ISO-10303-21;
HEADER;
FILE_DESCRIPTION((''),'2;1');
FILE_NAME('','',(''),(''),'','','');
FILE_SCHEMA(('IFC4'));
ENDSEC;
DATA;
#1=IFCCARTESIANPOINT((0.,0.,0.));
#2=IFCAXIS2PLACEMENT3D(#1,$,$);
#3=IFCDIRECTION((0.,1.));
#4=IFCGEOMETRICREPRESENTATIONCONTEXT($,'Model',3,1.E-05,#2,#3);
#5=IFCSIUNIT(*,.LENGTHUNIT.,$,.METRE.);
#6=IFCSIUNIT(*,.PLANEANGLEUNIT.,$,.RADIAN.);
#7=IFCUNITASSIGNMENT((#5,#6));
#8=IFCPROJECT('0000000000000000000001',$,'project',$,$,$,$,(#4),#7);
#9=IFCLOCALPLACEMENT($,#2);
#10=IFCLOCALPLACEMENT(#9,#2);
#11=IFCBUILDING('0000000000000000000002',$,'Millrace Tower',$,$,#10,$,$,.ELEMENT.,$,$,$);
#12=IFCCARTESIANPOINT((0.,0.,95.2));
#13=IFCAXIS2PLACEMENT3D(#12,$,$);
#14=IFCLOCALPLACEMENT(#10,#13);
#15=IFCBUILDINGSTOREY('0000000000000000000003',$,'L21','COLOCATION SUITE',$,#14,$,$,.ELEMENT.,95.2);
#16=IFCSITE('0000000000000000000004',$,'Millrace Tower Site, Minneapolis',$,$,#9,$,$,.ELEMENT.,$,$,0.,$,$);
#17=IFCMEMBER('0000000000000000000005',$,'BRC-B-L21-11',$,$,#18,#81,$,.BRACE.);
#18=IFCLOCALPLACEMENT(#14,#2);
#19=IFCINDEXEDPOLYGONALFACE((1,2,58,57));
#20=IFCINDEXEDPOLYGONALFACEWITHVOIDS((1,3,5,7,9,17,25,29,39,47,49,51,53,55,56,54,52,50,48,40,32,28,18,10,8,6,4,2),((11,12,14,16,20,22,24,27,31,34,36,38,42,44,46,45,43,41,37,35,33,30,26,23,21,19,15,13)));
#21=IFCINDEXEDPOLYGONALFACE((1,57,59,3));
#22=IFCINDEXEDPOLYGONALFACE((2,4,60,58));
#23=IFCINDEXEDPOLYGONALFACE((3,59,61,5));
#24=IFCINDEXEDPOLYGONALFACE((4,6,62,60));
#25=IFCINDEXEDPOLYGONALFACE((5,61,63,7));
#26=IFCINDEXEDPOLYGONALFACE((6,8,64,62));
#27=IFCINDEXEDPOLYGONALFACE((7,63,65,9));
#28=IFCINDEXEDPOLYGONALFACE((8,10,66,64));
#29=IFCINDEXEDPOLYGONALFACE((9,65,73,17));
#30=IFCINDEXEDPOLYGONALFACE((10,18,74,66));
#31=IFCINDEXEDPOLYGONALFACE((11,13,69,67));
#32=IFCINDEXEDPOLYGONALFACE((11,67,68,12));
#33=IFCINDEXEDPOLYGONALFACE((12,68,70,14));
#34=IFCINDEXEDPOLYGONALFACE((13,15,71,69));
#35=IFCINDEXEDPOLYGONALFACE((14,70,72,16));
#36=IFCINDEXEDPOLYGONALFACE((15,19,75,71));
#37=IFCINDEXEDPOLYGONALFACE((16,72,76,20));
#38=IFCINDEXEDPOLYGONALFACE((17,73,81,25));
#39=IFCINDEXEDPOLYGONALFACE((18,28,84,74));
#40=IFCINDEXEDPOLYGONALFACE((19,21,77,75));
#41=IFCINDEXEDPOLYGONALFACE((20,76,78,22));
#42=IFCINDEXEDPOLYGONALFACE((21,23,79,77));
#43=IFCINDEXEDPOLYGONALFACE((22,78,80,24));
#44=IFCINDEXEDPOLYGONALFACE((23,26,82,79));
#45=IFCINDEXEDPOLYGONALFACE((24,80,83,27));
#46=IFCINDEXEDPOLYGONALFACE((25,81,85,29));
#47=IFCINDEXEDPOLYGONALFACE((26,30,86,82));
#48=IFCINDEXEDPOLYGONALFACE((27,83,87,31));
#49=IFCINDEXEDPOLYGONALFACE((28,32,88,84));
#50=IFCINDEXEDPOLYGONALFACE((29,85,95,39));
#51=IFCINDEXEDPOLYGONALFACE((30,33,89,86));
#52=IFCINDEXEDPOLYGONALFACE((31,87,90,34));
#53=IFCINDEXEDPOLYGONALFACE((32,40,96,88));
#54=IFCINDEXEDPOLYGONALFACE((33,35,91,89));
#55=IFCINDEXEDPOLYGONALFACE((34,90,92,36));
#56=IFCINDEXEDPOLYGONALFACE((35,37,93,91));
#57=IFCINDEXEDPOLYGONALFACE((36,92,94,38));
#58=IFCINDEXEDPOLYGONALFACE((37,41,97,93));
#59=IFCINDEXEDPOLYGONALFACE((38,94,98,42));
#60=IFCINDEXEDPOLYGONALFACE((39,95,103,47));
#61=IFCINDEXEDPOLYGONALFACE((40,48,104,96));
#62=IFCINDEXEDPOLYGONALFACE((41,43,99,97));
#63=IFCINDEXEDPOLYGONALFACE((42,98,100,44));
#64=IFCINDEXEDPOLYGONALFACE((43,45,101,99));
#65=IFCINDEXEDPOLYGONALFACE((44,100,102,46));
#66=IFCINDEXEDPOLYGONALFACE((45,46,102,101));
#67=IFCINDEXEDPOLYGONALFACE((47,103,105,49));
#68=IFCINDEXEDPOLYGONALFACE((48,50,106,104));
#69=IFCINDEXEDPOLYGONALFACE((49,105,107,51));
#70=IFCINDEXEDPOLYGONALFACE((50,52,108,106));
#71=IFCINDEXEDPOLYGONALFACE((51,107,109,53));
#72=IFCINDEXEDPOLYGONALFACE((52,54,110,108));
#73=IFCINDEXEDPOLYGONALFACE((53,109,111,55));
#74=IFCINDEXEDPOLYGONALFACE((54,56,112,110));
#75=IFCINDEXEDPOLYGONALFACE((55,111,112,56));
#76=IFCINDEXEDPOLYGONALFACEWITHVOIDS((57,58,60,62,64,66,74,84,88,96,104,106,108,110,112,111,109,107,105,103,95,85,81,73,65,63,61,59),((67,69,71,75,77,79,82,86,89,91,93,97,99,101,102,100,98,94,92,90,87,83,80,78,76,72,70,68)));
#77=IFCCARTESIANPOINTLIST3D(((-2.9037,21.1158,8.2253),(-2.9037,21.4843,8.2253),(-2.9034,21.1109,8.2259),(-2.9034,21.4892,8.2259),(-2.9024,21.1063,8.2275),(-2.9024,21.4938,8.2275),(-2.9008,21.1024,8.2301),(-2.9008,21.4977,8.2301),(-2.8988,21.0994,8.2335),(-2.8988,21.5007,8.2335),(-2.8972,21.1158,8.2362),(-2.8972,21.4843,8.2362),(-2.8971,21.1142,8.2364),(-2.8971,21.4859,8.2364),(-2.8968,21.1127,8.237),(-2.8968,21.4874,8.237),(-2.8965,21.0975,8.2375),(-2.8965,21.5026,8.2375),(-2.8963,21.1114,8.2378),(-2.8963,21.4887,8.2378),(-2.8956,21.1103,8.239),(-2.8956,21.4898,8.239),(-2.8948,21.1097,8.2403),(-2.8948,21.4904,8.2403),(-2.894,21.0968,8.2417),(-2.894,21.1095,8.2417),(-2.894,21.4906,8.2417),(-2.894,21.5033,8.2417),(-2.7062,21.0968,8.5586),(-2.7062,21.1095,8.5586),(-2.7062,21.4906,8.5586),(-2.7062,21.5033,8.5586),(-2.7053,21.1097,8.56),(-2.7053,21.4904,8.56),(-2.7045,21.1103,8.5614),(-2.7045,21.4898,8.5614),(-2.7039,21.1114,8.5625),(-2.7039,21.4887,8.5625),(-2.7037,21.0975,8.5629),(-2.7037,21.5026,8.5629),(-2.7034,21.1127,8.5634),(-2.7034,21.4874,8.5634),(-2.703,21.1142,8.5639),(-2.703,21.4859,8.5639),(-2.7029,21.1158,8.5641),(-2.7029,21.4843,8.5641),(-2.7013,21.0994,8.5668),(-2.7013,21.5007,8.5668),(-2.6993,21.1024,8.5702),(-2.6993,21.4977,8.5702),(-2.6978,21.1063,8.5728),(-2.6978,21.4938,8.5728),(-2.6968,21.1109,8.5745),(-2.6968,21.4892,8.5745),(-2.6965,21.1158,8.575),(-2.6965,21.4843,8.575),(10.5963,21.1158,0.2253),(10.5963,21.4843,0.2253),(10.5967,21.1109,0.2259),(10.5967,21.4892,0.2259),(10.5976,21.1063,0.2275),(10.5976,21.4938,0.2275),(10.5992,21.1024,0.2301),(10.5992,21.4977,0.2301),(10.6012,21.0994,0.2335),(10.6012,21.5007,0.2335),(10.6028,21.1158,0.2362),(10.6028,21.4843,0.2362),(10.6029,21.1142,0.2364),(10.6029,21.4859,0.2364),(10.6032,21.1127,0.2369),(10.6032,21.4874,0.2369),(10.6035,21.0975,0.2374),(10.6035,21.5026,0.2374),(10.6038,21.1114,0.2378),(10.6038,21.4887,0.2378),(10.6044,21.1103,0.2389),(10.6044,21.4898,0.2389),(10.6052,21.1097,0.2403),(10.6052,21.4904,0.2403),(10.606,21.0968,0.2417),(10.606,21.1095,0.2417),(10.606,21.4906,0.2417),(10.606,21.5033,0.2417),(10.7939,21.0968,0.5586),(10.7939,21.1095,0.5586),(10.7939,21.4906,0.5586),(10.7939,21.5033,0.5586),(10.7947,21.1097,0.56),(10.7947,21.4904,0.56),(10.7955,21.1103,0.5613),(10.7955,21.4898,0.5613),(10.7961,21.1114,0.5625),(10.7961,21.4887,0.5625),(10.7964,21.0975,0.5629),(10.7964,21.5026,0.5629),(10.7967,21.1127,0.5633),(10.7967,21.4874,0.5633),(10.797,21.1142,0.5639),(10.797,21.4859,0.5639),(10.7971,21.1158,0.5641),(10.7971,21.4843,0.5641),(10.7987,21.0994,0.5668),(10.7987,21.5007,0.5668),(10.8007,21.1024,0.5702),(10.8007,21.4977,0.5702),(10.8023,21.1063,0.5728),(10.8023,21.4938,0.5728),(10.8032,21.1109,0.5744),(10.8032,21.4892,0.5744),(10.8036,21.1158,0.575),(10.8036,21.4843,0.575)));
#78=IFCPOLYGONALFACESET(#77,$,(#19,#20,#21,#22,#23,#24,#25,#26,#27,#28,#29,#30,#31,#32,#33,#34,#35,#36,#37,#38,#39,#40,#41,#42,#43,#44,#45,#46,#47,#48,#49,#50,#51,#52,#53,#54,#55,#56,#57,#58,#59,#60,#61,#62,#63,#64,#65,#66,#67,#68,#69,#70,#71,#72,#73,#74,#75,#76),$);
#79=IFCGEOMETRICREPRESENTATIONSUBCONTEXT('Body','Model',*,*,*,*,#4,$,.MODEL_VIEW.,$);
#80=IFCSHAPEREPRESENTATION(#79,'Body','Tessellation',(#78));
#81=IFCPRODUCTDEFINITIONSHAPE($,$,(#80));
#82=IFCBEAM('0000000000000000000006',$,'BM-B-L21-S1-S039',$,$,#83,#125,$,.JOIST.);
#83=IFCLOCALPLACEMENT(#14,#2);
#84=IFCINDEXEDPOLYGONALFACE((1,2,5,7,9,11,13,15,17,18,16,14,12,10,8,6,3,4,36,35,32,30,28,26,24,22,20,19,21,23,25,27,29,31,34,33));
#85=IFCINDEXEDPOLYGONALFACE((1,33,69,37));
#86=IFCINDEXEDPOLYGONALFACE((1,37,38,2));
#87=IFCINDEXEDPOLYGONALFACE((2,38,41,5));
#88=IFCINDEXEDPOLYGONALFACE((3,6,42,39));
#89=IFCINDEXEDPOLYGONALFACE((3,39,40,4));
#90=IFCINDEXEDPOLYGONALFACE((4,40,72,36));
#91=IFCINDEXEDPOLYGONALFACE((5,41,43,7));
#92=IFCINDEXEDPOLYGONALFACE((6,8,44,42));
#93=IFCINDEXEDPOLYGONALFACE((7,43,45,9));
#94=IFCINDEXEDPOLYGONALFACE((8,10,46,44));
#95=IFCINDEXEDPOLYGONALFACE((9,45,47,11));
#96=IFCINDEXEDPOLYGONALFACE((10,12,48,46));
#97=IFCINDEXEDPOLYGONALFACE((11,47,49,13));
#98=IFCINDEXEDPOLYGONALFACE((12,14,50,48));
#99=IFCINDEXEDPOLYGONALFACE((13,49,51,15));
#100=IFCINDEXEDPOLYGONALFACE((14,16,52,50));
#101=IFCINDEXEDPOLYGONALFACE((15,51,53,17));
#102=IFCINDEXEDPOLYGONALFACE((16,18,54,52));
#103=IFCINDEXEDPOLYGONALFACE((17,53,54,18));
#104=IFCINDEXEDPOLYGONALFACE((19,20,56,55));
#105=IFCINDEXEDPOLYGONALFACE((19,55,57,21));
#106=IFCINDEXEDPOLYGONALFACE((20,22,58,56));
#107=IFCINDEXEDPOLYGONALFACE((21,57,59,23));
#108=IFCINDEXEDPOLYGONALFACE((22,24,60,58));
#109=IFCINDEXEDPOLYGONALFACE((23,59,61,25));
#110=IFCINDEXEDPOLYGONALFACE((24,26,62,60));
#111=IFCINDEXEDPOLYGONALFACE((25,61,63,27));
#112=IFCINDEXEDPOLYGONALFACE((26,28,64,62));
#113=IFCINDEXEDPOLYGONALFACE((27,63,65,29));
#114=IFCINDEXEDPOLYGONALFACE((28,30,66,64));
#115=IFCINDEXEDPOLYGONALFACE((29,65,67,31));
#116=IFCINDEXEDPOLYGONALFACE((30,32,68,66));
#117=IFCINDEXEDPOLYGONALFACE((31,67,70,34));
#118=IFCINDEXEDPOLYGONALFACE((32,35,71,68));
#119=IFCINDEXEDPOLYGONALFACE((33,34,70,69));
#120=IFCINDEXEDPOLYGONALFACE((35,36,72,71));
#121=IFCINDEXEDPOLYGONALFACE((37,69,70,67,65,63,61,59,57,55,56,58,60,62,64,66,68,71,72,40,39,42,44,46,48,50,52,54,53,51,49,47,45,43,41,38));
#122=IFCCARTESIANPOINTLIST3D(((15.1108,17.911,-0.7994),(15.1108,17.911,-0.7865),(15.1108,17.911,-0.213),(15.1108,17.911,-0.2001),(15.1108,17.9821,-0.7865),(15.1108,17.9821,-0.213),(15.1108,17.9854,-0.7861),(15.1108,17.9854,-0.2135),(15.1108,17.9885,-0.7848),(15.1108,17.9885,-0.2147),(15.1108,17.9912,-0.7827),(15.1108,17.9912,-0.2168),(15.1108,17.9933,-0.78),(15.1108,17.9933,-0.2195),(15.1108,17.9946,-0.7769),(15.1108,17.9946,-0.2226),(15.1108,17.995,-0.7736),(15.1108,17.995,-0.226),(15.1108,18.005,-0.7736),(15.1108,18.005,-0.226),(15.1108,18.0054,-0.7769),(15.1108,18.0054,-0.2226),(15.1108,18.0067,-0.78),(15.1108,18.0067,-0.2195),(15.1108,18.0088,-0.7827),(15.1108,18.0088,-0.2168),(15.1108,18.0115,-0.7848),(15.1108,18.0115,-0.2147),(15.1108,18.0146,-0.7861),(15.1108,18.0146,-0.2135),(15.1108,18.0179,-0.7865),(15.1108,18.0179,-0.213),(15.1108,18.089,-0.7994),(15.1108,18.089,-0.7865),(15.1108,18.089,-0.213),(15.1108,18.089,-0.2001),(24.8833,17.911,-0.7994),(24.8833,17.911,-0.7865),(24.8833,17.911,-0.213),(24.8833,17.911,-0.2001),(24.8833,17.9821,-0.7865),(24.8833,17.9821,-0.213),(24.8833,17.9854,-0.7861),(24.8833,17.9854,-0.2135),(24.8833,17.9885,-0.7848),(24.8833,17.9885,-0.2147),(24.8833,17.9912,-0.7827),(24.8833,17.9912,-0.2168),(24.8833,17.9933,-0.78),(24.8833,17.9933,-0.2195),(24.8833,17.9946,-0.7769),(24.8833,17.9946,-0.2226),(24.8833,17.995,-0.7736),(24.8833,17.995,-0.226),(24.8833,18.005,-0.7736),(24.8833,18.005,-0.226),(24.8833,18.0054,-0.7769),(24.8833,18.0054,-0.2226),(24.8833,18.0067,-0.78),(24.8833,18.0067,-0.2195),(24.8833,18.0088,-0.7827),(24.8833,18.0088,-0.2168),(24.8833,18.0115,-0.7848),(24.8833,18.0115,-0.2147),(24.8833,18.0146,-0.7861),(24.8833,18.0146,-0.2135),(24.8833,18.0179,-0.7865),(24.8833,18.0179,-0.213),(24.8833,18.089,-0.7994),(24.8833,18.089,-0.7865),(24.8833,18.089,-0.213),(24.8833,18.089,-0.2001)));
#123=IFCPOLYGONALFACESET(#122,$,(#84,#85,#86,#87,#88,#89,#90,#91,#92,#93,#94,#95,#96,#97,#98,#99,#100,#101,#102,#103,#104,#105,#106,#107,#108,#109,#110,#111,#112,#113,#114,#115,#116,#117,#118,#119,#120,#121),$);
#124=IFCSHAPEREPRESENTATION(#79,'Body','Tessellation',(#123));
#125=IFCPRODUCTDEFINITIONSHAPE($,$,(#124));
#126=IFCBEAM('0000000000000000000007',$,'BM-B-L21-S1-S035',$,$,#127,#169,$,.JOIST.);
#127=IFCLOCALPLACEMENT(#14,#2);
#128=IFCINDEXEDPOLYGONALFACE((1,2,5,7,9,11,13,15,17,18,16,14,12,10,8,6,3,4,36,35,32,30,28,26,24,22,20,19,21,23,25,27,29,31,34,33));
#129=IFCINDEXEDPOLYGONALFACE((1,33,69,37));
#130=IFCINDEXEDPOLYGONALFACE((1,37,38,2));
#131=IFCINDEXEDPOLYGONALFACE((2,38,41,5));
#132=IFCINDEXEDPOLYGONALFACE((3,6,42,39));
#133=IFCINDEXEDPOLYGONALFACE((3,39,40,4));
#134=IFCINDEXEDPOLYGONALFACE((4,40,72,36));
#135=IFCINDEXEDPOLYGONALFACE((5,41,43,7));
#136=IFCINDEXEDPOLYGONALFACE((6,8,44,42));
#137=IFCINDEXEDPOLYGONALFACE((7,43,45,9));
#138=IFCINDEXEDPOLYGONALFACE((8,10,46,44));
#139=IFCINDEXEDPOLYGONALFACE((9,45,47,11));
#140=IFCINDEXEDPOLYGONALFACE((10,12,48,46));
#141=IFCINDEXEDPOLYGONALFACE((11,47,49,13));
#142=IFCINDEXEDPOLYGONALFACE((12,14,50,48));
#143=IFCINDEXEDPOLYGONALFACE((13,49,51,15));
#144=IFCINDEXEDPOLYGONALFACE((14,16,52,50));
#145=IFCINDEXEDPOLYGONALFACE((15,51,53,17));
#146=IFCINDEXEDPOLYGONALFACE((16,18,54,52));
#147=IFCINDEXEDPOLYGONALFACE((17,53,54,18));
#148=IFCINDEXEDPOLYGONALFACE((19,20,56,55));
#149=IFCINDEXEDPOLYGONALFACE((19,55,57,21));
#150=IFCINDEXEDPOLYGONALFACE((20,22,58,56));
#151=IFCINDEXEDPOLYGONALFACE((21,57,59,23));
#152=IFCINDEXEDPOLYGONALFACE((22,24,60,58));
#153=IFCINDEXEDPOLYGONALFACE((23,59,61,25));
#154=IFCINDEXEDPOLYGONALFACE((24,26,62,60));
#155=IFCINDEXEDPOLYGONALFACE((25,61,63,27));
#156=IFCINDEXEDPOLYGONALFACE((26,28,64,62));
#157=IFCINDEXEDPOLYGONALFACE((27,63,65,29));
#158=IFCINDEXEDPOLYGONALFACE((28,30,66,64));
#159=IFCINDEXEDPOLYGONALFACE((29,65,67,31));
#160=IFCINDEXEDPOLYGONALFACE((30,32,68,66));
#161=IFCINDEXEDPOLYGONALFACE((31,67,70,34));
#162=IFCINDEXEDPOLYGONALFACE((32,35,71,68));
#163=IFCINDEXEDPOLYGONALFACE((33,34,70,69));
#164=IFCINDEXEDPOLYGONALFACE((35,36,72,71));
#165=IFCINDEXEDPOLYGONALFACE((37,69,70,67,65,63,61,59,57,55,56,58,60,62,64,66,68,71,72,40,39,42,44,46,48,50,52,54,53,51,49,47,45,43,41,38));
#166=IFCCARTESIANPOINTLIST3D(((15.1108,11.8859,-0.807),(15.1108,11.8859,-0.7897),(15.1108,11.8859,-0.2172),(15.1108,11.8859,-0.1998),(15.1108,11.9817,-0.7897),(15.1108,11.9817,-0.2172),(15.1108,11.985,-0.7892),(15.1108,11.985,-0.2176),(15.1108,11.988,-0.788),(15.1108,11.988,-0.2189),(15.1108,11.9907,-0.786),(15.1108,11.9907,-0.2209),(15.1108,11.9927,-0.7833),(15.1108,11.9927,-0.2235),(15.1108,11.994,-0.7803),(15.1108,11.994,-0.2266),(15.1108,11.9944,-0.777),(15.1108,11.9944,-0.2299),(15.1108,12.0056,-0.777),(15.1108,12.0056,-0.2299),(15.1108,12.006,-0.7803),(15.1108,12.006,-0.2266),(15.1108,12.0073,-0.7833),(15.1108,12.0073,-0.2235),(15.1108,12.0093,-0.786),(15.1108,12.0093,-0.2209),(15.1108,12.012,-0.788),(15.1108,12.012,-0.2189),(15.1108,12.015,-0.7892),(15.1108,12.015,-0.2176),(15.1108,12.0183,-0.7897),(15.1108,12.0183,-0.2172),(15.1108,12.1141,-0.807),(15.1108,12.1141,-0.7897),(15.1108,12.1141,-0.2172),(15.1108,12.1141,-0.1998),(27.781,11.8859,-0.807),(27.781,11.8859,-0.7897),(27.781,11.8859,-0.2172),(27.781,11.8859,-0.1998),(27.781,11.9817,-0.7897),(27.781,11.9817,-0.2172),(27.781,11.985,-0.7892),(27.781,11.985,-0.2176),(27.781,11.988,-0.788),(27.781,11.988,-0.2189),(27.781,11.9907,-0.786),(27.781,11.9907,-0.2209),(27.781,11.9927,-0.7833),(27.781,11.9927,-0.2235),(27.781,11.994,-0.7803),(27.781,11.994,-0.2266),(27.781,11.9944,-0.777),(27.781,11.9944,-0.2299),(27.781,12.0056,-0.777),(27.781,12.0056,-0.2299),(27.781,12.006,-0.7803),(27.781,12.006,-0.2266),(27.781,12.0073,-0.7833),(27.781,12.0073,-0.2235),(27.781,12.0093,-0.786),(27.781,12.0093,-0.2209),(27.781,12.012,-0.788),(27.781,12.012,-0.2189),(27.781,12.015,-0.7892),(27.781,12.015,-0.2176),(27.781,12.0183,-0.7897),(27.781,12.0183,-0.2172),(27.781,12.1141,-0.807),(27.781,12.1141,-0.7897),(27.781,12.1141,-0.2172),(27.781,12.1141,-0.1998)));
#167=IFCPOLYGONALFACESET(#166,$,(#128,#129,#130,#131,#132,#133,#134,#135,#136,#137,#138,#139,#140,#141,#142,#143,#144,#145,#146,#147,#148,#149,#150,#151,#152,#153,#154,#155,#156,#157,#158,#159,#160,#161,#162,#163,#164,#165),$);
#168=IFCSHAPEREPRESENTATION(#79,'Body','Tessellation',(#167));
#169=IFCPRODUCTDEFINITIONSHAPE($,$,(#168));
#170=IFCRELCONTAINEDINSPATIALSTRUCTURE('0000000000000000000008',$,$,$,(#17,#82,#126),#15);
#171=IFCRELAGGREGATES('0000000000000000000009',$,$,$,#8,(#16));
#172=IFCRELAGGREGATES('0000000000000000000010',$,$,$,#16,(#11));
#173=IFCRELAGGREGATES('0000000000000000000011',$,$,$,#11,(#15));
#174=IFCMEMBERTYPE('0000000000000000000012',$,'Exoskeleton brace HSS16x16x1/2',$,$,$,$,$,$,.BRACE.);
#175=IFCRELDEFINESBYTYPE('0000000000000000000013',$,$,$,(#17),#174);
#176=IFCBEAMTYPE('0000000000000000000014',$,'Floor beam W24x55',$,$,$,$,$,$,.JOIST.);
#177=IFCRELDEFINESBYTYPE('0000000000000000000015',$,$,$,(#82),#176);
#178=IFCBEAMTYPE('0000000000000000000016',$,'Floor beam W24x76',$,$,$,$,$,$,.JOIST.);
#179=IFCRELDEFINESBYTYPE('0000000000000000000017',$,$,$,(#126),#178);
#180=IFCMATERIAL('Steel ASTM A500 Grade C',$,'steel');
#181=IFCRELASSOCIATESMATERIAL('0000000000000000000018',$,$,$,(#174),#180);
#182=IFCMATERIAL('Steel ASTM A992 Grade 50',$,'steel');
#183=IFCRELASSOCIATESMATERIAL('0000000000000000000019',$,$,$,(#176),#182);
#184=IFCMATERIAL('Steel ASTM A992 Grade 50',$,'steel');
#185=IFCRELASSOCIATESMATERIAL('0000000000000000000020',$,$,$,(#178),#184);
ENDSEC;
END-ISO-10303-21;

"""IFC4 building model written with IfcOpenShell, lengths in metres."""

from ifc_helpers import new_model, si_unit, direction, frame, origin, origin_2d, place, context, subcontext, project, spatial, hollow_rectangle, i_section, extrude, material, material_profile, profile_set, type_object, element, save


model = new_model("IFC4")

# Units and contexts
model_context = context("Model", 3, precision=1e-05, world=origin(), true_north=direction((0.0, 1.0)))
body_context = subcontext(model_context, "Body", "Model", "MODEL_VIEW")
ifc_project = project(units=[si_unit("LENGTHUNIT", "METRE"), si_unit("PLANEANGLEUNIT", "RADIAN")], contexts=[model_context])

# Site, building, storey
site_placement = place(None, origin())
site = spatial("IfcSite", under=ifc_project, at=site_placement, Name="Millrace Tower Site, Minneapolis", CompositionType="ELEMENT", RefElevation=0.0)
building_placement = place(site_placement, origin())
building = spatial("IfcBuilding", under=site, at=building_placement, Name="Millrace Tower", CompositionType="ELEMENT")
storey_placement = place(building_placement, frame((0.0, 0.0, 95.2)))
storey = spatial("IfcBuildingStorey", under=building, at=storey_placement, Name="L21", Description="COLOCATION SUITE", CompositionType="ELEMENT", Elevation=95.2)

# Member
ifc_material_1 = material(Name="Steel ASTM A500 Grade C", Category="steel")
ifc_material_profile_1 = material_profile(ifc_material_1, hollow_rectangle(XDim=0.4065, YDim=0.4065, WallThickness=0.0127, InnerFilletRadius=0.0063, OuterFilletRadius=0.019, at=origin_2d()))
ifc_profile_set_1 = profile_set([ifc_material_profile_1], Name="Steel ASTM A500 Grade C")
member_type_1 = type_object("IfcMemberType", Name="Exoskeleton brace HSS16x16x1/2", PredefinedType="BRACE", material=ifc_profile_set_1)
member_1_placement = place(storey_placement, frame((10.7, 21.3, 0.4001), z_axis=(-0.860292, 0.0, 0.509802), x_axis=(0.0, -1.0, 0.0)))
element("IfcMember", 1, at=member_1_placement, inside=storey, type_object=member_type_1, Name="BRC-B-L21-11", PredefinedType="BRACE", context=body_context, shape_type="SweptSolid", body=[
    extrude(hollow_rectangle(XDim=0.4065, YDim=0.4065, WallThickness=0.0127, InnerFilletRadius=0.0063, OuterFilletRadius=0.019, at=origin_2d()), origin(), (0.0, 0.0, 1.0), 15.6924),
])

# Beams
ifc_material_2 = material(Name="Steel ASTM A992 Grade 50", Category="steel")
ifc_material_profile_2 = material_profile(ifc_material_2, i_section(OverallWidth=0.178, OverallDepth=0.5994, WebThickness=0.01, FlangeThickness=0.0129, FilletRadius=0.0129, at=origin_2d()))
ifc_profile_set_2 = profile_set([ifc_material_profile_2], Name="Steel ASTM A992 Grade 50")
beam_type_1 = type_object("IfcBeamType", Name="Floor beam W24x55", PredefinedType="JOIST", material=ifc_profile_set_2)
beam_1_placement = place(storey_placement, frame((15.1108, 18.0, -0.4998), z_axis=(1.0, 0.0, 0.0), x_axis=(0.0, 1.0, 0.0)))
element("IfcBeam", 2, at=beam_1_placement, inside=storey, type_object=beam_type_1, Name="BM-B-L21-S1-S039", PredefinedType="JOIST", context=body_context, shape_type="SweptSolid", body=[
    extrude(i_section(OverallWidth=0.178, OverallDepth=0.5994, WebThickness=0.01, FlangeThickness=0.0129, FilletRadius=0.0129, at=origin_2d()), origin(), (0.0, 0.0, 1.0), 9.7725),
])
ifc_material_3 = material(Name="Steel ASTM A992 Grade 50", Category="steel")
ifc_material_profile_3 = material_profile(ifc_material_3, i_section(OverallWidth=0.2283, OverallDepth=0.6072, WebThickness=0.0112, FlangeThickness=0.0173, FilletRadius=0.0127, at=origin_2d()))
ifc_profile_set_3 = profile_set([ifc_material_profile_3], Name="Steel ASTM A992 Grade 50")
beam_type_2 = type_object("IfcBeamType", Name="Floor beam W24x76", PredefinedType="JOIST", material=ifc_profile_set_3)
for number, where, z_axis, x_axis, name in (
    (3, (15.1108, 12.0, -0.5034), (1.0, 0.0, 0.0), (0.0, 1.0, 0.0), "BM-B-L21-S1-S035"),
):
    element("IfcBeam", number, at=place(storey_placement, frame(where, z_axis=z_axis, x_axis=x_axis)), inside=storey, type_object=beam_type_2, Name=name, PredefinedType="JOIST", context=body_context, shape_type="SweptSolid", body=[
        extrude(i_section(OverallWidth=0.2283, OverallDepth=0.6072, WebThickness=0.0112, FlangeThickness=0.0173, FilletRadius=0.0127, at=origin_2d()), origin(), (0.0, 0.0, 1.0), 12.6702),
    ])

save(model, "model.ifc")
